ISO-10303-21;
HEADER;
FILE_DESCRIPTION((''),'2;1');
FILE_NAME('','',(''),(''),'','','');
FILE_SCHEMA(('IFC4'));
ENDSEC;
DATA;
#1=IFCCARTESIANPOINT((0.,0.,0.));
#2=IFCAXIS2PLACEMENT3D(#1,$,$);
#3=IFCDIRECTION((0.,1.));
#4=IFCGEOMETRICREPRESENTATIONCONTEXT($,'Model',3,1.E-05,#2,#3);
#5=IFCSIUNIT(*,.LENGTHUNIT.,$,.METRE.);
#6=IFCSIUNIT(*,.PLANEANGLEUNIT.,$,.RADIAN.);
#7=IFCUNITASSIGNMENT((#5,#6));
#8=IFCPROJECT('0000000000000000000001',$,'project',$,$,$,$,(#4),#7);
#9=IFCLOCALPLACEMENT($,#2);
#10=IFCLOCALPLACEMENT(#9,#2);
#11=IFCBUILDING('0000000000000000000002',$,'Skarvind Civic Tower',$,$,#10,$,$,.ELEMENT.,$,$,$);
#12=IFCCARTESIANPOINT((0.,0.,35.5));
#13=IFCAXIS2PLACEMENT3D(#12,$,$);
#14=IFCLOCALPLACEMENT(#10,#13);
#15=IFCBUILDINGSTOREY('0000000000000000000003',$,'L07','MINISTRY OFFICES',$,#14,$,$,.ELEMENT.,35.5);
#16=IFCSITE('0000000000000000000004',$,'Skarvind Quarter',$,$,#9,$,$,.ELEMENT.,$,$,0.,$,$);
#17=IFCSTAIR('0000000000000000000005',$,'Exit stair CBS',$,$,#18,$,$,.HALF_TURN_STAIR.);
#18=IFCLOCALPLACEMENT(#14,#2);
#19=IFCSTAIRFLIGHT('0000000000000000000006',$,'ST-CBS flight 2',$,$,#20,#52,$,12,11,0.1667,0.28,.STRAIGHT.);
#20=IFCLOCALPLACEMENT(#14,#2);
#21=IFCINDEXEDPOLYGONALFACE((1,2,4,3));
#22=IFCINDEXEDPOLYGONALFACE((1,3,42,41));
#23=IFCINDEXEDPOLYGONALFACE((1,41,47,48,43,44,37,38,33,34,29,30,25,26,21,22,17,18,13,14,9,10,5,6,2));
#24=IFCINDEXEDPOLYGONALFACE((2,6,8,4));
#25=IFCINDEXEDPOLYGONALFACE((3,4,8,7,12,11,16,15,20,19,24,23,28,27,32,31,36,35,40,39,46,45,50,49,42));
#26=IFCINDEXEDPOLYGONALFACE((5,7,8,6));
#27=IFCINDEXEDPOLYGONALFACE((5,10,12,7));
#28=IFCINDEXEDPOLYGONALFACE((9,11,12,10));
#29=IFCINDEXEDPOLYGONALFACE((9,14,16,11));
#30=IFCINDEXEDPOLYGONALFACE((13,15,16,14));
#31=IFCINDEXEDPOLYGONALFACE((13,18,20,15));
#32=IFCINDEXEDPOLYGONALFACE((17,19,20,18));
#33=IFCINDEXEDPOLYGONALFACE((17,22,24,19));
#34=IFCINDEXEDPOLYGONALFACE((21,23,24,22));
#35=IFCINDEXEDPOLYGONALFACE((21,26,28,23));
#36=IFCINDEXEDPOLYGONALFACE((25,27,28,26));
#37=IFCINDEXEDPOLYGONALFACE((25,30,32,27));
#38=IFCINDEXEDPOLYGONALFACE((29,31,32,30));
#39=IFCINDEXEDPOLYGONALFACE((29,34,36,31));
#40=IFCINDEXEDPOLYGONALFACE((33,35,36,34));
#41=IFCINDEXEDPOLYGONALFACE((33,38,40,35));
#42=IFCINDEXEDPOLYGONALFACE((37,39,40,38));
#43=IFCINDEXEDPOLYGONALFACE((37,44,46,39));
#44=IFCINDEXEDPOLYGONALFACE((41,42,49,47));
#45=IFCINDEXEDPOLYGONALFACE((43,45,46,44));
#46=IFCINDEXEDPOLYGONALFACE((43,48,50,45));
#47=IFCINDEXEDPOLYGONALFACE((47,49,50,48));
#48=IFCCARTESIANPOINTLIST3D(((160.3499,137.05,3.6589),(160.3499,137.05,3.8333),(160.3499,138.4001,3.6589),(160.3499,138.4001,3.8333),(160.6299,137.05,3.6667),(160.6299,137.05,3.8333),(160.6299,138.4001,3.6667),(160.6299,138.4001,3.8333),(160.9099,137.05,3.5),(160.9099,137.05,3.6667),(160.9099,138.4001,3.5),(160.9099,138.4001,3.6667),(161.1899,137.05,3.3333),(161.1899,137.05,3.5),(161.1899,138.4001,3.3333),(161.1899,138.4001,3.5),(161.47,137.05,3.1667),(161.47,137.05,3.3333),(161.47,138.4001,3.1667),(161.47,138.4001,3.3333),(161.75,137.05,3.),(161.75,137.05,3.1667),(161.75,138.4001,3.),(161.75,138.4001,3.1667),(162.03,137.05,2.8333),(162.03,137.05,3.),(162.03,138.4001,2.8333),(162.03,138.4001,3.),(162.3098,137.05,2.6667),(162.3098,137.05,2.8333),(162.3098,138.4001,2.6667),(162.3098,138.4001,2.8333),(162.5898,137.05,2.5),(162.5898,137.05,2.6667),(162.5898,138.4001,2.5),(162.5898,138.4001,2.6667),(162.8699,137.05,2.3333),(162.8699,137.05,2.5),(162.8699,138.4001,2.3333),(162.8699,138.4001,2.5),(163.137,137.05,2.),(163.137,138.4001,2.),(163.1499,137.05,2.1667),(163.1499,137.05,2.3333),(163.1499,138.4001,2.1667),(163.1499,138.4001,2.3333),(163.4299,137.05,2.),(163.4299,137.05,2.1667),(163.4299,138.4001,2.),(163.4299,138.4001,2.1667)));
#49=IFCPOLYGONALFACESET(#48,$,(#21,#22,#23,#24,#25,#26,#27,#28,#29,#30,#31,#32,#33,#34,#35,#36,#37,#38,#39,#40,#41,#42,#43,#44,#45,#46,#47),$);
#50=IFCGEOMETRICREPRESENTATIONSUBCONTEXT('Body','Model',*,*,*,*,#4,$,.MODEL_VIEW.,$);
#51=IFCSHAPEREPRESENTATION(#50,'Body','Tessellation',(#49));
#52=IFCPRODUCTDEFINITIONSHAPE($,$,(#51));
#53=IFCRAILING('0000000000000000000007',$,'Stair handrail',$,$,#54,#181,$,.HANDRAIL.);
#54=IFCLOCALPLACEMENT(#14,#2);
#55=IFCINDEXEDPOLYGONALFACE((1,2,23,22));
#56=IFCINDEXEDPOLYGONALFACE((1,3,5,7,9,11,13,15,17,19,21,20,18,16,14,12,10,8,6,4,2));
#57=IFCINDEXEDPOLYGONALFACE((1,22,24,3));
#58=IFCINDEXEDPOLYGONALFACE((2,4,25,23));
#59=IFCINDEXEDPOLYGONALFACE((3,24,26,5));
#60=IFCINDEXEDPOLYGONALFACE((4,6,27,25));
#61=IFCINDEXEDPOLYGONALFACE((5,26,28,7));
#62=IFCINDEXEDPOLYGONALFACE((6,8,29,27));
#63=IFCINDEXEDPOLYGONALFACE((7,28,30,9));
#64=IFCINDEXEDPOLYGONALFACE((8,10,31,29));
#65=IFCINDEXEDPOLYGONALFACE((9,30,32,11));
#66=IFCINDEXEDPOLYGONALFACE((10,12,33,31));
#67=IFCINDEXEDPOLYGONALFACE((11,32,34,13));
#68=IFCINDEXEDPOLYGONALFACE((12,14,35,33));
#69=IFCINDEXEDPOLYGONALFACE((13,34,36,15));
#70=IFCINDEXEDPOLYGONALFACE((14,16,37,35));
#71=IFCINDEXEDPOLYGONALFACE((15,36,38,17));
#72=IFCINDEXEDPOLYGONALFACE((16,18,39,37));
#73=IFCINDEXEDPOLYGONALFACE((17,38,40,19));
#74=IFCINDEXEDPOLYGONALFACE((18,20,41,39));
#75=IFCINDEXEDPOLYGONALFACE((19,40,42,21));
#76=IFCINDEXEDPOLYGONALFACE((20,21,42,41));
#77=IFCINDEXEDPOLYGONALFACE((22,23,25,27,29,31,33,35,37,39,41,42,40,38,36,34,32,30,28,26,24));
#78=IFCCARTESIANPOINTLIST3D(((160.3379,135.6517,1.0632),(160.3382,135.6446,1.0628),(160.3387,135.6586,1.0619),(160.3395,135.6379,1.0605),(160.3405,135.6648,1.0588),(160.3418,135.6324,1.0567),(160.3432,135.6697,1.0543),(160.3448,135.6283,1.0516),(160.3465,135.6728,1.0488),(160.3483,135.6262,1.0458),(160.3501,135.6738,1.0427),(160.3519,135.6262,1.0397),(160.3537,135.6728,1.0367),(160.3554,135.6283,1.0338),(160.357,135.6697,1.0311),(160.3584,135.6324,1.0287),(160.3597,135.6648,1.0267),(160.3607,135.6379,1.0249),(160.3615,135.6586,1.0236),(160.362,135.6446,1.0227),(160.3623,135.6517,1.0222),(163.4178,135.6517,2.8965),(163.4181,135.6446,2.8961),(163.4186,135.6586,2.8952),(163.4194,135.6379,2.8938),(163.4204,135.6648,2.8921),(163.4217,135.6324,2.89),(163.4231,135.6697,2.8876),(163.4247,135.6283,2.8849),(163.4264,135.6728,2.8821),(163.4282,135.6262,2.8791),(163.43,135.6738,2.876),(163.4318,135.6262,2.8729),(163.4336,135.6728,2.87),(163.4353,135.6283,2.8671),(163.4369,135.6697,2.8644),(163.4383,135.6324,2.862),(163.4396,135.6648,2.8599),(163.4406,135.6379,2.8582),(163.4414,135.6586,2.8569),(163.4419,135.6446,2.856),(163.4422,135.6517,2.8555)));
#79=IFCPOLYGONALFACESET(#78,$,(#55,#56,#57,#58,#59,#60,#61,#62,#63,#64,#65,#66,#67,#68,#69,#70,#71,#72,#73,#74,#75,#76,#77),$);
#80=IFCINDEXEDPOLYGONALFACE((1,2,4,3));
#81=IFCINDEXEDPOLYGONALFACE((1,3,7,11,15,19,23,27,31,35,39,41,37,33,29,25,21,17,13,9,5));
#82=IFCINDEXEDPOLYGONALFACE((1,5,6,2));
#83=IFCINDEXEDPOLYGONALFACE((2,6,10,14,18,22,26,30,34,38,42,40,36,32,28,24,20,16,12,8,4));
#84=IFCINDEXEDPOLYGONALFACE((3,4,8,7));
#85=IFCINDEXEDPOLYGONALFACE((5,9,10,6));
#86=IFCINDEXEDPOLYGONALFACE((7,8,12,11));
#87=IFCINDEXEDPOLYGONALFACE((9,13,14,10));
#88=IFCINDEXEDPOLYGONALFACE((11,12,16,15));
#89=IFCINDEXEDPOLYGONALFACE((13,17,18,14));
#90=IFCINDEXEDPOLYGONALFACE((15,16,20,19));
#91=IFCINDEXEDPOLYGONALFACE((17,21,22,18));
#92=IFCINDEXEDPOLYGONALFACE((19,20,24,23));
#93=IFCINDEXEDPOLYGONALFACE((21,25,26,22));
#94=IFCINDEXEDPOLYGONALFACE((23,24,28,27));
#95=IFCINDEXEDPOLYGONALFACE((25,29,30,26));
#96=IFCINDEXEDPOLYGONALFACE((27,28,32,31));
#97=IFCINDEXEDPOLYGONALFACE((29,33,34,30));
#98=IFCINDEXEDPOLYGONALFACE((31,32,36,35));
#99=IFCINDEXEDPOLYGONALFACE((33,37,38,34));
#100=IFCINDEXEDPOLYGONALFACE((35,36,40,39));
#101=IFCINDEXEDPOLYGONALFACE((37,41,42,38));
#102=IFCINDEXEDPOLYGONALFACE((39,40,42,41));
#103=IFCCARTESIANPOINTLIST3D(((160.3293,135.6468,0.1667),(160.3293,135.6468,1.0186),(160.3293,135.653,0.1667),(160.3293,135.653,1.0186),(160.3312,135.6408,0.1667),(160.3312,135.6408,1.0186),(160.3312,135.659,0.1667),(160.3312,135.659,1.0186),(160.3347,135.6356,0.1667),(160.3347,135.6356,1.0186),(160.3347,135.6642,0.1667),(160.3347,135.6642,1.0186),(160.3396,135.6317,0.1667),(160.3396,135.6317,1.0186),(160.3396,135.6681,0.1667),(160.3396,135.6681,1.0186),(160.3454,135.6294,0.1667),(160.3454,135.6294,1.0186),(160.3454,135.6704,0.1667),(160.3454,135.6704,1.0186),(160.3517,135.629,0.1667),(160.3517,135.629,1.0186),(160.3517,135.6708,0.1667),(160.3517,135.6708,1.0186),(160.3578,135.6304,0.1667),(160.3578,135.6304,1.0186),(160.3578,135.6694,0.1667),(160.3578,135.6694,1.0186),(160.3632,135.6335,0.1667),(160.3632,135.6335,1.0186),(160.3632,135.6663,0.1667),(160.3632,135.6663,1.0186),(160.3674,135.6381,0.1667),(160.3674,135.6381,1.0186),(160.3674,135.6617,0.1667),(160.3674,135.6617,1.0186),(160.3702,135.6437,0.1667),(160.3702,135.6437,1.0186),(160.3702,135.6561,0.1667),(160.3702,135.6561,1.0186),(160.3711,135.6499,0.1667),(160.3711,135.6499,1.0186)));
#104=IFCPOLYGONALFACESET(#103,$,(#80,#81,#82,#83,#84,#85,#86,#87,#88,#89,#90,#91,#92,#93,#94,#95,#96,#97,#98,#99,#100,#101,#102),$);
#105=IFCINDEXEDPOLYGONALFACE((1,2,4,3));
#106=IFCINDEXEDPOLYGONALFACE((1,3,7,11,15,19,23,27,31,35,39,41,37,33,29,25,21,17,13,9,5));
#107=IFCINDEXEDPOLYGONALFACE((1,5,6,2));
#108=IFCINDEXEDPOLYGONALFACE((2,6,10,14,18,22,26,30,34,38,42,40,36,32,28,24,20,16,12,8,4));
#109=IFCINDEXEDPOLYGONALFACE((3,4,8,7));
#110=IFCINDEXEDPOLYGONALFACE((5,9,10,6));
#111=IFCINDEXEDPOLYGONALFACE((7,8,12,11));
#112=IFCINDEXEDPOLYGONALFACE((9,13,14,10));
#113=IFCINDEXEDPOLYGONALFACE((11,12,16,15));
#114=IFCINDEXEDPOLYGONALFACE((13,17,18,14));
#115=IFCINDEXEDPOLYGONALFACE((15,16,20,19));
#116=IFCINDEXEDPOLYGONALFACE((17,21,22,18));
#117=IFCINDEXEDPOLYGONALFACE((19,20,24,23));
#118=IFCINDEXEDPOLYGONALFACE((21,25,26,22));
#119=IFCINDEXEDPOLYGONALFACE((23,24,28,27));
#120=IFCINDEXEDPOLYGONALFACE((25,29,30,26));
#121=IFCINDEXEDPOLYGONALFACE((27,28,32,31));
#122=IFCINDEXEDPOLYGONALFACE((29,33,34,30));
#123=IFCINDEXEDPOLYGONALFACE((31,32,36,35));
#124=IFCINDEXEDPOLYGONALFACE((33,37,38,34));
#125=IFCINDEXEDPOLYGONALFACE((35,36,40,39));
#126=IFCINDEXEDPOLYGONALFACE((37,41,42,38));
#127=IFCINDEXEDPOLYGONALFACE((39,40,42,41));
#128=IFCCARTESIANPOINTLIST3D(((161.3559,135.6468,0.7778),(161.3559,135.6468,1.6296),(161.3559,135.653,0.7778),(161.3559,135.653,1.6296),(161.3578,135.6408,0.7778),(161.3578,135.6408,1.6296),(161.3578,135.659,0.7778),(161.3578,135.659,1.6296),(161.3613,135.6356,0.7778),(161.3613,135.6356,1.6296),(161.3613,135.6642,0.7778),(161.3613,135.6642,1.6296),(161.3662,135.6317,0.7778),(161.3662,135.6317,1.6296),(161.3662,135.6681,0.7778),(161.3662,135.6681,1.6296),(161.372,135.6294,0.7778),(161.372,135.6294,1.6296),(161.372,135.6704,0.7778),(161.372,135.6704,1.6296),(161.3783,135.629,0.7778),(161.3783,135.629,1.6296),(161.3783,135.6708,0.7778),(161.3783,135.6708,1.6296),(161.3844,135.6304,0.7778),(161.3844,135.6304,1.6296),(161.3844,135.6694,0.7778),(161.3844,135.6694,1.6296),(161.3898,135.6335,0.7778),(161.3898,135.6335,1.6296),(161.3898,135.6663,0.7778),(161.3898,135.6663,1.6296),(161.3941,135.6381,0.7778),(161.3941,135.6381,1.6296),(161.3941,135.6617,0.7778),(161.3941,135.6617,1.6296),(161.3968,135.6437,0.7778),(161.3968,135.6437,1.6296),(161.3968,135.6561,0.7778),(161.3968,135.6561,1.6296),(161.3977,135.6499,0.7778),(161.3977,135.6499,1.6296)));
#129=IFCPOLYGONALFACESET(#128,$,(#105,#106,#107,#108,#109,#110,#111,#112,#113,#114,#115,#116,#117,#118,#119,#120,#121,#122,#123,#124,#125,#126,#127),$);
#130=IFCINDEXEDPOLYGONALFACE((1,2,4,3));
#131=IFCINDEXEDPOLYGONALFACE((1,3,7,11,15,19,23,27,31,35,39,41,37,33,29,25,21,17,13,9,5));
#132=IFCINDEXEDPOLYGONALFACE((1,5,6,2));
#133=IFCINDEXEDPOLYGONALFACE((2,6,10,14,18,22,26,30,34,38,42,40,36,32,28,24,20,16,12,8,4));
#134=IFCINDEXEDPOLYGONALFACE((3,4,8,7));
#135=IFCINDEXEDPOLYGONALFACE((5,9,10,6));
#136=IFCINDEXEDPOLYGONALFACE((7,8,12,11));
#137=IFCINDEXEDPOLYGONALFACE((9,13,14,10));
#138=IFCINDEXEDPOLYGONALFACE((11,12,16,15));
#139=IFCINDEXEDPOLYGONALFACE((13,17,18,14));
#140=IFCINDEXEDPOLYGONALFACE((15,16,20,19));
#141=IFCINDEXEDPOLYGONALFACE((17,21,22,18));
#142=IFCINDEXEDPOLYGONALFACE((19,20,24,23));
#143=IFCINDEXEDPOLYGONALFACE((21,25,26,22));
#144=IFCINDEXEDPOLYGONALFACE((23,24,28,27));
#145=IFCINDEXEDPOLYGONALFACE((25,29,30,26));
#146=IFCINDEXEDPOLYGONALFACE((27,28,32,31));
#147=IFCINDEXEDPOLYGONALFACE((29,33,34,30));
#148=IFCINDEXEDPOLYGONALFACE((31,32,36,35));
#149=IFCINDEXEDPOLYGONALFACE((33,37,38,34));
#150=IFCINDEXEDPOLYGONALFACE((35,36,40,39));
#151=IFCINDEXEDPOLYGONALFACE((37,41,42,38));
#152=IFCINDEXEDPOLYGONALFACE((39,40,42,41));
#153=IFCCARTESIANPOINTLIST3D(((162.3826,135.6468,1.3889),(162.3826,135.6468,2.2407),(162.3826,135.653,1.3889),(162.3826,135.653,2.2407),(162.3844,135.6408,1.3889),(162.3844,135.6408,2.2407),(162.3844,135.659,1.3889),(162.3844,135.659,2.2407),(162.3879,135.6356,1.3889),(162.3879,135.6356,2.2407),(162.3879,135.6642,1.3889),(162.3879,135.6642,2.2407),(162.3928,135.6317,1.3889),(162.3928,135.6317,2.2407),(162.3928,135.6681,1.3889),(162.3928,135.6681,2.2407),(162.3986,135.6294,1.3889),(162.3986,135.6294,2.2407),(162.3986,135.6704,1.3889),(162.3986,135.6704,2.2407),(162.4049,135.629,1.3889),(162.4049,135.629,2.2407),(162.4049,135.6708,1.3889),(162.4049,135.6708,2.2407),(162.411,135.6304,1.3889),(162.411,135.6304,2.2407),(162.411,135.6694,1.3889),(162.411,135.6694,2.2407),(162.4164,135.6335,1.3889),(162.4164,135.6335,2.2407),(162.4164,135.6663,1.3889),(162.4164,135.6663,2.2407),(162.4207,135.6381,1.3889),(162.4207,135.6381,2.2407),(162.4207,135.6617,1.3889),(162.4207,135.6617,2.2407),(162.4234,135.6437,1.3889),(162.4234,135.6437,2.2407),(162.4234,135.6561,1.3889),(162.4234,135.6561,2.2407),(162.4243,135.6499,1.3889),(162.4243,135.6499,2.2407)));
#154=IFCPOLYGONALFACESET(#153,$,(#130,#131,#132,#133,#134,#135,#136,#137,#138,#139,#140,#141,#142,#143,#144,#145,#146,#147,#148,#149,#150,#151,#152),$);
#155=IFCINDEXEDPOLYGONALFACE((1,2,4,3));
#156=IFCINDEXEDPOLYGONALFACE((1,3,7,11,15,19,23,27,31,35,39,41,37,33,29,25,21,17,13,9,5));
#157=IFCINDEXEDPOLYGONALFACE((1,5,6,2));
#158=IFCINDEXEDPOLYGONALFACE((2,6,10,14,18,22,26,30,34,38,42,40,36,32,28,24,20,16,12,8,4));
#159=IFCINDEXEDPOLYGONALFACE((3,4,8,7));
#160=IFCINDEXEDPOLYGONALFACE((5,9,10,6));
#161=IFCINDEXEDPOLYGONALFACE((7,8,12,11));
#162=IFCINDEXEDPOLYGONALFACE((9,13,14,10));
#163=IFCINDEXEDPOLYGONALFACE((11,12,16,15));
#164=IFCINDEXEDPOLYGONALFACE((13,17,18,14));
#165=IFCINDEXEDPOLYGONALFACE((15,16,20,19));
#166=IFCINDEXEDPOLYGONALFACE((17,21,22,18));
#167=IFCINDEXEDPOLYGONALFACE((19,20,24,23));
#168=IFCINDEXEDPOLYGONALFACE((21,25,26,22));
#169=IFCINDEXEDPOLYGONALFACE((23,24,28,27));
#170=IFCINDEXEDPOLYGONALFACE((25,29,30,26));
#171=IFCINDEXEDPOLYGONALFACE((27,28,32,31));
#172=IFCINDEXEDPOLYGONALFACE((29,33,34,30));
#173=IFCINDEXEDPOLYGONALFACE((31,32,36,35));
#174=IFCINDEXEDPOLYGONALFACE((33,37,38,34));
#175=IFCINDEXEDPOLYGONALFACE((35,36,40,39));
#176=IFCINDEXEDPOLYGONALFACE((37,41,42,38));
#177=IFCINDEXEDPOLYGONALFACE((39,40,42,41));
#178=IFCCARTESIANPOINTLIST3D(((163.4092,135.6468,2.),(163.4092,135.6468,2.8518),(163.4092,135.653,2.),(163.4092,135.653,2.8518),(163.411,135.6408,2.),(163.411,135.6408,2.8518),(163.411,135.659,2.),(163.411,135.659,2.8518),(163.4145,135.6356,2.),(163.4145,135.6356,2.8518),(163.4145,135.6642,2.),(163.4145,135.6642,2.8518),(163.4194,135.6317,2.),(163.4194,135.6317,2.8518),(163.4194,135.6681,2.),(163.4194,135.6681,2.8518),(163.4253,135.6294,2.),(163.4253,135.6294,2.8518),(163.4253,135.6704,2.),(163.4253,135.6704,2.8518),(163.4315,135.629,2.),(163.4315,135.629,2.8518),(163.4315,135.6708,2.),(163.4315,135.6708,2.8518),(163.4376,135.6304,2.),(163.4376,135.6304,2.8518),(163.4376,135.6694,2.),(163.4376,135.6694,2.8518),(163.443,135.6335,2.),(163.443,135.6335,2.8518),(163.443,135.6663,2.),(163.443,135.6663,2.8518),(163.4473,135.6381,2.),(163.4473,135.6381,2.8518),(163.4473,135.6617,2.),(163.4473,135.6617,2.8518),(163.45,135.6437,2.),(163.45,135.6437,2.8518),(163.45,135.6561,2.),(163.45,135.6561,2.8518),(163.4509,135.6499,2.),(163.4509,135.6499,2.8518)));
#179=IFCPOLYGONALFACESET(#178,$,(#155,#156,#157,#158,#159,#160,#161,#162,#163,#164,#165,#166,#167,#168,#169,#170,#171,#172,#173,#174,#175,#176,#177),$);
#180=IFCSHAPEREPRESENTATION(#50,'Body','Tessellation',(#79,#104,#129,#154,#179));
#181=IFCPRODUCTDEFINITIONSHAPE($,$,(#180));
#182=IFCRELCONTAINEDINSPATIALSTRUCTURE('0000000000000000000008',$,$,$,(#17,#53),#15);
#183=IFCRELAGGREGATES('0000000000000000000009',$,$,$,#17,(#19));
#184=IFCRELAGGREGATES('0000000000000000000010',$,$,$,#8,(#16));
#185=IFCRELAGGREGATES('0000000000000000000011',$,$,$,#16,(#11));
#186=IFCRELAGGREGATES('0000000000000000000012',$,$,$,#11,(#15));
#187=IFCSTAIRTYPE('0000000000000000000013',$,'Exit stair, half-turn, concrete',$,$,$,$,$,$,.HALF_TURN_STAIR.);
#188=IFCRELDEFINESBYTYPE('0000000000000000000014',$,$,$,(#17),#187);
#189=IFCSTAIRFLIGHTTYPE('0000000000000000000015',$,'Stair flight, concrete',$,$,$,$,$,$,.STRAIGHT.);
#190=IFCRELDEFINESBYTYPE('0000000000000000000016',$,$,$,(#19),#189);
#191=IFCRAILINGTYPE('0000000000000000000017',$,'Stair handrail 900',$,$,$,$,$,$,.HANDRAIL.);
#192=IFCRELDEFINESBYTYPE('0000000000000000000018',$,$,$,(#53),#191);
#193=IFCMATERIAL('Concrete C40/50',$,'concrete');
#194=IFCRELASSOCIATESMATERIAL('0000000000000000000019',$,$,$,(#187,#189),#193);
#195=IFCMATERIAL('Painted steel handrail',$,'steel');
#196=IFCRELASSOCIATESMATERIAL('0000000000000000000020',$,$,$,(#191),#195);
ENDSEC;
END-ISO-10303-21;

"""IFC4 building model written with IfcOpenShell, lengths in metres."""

from ifc_helpers import new_model, si_unit, direction, frame, origin, origin_2d, place, context, subcontext, project, spatial, polyline, circle, outline, extrude, material, type_object, element, aggregate, save


model = new_model("IFC4")

# Units and contexts
model_context = context("Model", 3, precision=1e-05, world=origin(), true_north=direction((0.0, 1.0)))
body_context = subcontext(model_context, "Body", "Model", "MODEL_VIEW")
ifc_project = project(units=[si_unit("LENGTHUNIT", "METRE"), si_unit("PLANEANGLEUNIT", "RADIAN")], contexts=[model_context])

# Site, building, storey
site_placement = place(None, origin())
site = spatial("IfcSite", under=ifc_project, at=site_placement, Name="Skarvind Quarter", CompositionType="ELEMENT", RefElevation=0.0)
building_placement = place(site_placement, origin())
building = spatial("IfcBuilding", under=site, at=building_placement, Name="Skarvind Civic Tower", CompositionType="ELEMENT")
storey_placement = place(building_placement, frame((0.0, 0.0, 35.5)))
storey = spatial("IfcBuildingStorey", under=building, at=storey_placement, Name="L07", Description="MINISTRY OFFICES", CompositionType="ELEMENT", Elevation=35.5)

# Stair, stair flight
ifc_material_1 = material(Name="Concrete C40/50", Category="concrete")
stair_type = type_object("IfcStairType", Name="Exit stair, half-turn, concrete", PredefinedType="HALF_TURN_STAIR", material=ifc_material_1)
stair_placement = place(storey_placement, origin())
stair = element("IfcStair", 1, at=stair_placement, inside=storey, type_object=stair_type, Name="Exit stair CBS", PredefinedType="HALF_TURN_STAIR")
stair_flight_type = type_object("IfcStairFlightType", Name="Stair flight, concrete", PredefinedType="STRAIGHT", material=ifc_material_1)
stair_flight_1_placement = place(storey_placement, frame((163.4299, 137.7251, 2.0), z_axis=(0.0, 0.0, 1.0), x_axis=(-1.0, 0.0, 0.0)))
stair_flight_1 = element("IfcStairFlight", 2, at=stair_flight_1_placement, type_object=stair_flight_type, Name="ST-CBS flight 2", NumberOfRisers=12, NumberOfTreads=11, PredefinedType="STRAIGHT", RiserHeight=0.1667, TreadLength=0.28, context=body_context, shape_type="SweptSolid", body=[
    extrude(outline(polyline([(0.0, 0.0), (0.0, 0.1667), (0.28, 0.1667), (0.28, 0.3333), (0.5601, 0.3333), (0.5601, 0.5), (0.8401, 0.5), (0.8401, 0.6667), (1.1201, 0.6667), (1.1201, 0.8333), (1.3999, 0.8333), (1.3999, 1.0), (1.6799, 1.0), (1.6799, 1.1667), (1.96, 1.1667), (1.96, 1.3333), (2.24, 1.3333), (2.24, 1.5), (2.52, 1.5), (2.52, 1.6667), (2.8, 1.6667), (2.8, 1.8333), (3.0801, 1.8333), (3.0801, 2.0), (3.0801, 1.6589), (0.293, 0.0), (0.0, 0.0)])), frame((0.0, 0.675, 0.0), z_axis=(0.0, -1.0, 0.0), x_axis=(1.0, 0.0, 0.0)), (0.0, 0.0, 1.0), 1.3501),
])
aggregate(stair, [stair_flight_1])

# Railing
ifc_material_2 = material(Name="Painted steel handrail", Category="steel")
railing_type = type_object("IfcRailingType", Name="Stair handrail 900", PredefinedType="HANDRAIL", material=ifc_material_2)
railing_1_placement = place(storey_placement, frame((160.3501, 135.6499, 0.1667)))
element("IfcRailing", 3, at=railing_1_placement, inside=storey, type_object=railing_type, Name="Stair handrail", PredefinedType="HANDRAIL", context=body_context, shape_type="SweptSolid", body=[
    extrude(circle(Radius=0.0239, at=origin_2d()), frame((0.0, 0.0, 0.876), z_axis=(0.859291, 0.0, 0.511487), x_axis=(0.0, 1.0, 0.0)), (0.0, 0.0, 1.0), 3.5842),
    extrude(circle(Radius=0.021, at=origin_2d()), origin(), (0.0, 0.0, 1.0), 0.8518),
    extrude(circle(Radius=0.021, at=origin_2d()), frame((1.0266, 0.0, 0.6111)), (0.0, 0.0, 1.0), 0.8518),
    extrude(circle(Radius=0.021, at=origin_2d()), frame((2.0532, 0.0, 1.2222)), (0.0, 0.0, 1.0), 0.8518),
    extrude(circle(Radius=0.021, at=origin_2d()), frame((3.0798, 0.0, 1.8333)), (0.0, 0.0, 1.0), 0.8518),
])

save(model, "model.ifc")
